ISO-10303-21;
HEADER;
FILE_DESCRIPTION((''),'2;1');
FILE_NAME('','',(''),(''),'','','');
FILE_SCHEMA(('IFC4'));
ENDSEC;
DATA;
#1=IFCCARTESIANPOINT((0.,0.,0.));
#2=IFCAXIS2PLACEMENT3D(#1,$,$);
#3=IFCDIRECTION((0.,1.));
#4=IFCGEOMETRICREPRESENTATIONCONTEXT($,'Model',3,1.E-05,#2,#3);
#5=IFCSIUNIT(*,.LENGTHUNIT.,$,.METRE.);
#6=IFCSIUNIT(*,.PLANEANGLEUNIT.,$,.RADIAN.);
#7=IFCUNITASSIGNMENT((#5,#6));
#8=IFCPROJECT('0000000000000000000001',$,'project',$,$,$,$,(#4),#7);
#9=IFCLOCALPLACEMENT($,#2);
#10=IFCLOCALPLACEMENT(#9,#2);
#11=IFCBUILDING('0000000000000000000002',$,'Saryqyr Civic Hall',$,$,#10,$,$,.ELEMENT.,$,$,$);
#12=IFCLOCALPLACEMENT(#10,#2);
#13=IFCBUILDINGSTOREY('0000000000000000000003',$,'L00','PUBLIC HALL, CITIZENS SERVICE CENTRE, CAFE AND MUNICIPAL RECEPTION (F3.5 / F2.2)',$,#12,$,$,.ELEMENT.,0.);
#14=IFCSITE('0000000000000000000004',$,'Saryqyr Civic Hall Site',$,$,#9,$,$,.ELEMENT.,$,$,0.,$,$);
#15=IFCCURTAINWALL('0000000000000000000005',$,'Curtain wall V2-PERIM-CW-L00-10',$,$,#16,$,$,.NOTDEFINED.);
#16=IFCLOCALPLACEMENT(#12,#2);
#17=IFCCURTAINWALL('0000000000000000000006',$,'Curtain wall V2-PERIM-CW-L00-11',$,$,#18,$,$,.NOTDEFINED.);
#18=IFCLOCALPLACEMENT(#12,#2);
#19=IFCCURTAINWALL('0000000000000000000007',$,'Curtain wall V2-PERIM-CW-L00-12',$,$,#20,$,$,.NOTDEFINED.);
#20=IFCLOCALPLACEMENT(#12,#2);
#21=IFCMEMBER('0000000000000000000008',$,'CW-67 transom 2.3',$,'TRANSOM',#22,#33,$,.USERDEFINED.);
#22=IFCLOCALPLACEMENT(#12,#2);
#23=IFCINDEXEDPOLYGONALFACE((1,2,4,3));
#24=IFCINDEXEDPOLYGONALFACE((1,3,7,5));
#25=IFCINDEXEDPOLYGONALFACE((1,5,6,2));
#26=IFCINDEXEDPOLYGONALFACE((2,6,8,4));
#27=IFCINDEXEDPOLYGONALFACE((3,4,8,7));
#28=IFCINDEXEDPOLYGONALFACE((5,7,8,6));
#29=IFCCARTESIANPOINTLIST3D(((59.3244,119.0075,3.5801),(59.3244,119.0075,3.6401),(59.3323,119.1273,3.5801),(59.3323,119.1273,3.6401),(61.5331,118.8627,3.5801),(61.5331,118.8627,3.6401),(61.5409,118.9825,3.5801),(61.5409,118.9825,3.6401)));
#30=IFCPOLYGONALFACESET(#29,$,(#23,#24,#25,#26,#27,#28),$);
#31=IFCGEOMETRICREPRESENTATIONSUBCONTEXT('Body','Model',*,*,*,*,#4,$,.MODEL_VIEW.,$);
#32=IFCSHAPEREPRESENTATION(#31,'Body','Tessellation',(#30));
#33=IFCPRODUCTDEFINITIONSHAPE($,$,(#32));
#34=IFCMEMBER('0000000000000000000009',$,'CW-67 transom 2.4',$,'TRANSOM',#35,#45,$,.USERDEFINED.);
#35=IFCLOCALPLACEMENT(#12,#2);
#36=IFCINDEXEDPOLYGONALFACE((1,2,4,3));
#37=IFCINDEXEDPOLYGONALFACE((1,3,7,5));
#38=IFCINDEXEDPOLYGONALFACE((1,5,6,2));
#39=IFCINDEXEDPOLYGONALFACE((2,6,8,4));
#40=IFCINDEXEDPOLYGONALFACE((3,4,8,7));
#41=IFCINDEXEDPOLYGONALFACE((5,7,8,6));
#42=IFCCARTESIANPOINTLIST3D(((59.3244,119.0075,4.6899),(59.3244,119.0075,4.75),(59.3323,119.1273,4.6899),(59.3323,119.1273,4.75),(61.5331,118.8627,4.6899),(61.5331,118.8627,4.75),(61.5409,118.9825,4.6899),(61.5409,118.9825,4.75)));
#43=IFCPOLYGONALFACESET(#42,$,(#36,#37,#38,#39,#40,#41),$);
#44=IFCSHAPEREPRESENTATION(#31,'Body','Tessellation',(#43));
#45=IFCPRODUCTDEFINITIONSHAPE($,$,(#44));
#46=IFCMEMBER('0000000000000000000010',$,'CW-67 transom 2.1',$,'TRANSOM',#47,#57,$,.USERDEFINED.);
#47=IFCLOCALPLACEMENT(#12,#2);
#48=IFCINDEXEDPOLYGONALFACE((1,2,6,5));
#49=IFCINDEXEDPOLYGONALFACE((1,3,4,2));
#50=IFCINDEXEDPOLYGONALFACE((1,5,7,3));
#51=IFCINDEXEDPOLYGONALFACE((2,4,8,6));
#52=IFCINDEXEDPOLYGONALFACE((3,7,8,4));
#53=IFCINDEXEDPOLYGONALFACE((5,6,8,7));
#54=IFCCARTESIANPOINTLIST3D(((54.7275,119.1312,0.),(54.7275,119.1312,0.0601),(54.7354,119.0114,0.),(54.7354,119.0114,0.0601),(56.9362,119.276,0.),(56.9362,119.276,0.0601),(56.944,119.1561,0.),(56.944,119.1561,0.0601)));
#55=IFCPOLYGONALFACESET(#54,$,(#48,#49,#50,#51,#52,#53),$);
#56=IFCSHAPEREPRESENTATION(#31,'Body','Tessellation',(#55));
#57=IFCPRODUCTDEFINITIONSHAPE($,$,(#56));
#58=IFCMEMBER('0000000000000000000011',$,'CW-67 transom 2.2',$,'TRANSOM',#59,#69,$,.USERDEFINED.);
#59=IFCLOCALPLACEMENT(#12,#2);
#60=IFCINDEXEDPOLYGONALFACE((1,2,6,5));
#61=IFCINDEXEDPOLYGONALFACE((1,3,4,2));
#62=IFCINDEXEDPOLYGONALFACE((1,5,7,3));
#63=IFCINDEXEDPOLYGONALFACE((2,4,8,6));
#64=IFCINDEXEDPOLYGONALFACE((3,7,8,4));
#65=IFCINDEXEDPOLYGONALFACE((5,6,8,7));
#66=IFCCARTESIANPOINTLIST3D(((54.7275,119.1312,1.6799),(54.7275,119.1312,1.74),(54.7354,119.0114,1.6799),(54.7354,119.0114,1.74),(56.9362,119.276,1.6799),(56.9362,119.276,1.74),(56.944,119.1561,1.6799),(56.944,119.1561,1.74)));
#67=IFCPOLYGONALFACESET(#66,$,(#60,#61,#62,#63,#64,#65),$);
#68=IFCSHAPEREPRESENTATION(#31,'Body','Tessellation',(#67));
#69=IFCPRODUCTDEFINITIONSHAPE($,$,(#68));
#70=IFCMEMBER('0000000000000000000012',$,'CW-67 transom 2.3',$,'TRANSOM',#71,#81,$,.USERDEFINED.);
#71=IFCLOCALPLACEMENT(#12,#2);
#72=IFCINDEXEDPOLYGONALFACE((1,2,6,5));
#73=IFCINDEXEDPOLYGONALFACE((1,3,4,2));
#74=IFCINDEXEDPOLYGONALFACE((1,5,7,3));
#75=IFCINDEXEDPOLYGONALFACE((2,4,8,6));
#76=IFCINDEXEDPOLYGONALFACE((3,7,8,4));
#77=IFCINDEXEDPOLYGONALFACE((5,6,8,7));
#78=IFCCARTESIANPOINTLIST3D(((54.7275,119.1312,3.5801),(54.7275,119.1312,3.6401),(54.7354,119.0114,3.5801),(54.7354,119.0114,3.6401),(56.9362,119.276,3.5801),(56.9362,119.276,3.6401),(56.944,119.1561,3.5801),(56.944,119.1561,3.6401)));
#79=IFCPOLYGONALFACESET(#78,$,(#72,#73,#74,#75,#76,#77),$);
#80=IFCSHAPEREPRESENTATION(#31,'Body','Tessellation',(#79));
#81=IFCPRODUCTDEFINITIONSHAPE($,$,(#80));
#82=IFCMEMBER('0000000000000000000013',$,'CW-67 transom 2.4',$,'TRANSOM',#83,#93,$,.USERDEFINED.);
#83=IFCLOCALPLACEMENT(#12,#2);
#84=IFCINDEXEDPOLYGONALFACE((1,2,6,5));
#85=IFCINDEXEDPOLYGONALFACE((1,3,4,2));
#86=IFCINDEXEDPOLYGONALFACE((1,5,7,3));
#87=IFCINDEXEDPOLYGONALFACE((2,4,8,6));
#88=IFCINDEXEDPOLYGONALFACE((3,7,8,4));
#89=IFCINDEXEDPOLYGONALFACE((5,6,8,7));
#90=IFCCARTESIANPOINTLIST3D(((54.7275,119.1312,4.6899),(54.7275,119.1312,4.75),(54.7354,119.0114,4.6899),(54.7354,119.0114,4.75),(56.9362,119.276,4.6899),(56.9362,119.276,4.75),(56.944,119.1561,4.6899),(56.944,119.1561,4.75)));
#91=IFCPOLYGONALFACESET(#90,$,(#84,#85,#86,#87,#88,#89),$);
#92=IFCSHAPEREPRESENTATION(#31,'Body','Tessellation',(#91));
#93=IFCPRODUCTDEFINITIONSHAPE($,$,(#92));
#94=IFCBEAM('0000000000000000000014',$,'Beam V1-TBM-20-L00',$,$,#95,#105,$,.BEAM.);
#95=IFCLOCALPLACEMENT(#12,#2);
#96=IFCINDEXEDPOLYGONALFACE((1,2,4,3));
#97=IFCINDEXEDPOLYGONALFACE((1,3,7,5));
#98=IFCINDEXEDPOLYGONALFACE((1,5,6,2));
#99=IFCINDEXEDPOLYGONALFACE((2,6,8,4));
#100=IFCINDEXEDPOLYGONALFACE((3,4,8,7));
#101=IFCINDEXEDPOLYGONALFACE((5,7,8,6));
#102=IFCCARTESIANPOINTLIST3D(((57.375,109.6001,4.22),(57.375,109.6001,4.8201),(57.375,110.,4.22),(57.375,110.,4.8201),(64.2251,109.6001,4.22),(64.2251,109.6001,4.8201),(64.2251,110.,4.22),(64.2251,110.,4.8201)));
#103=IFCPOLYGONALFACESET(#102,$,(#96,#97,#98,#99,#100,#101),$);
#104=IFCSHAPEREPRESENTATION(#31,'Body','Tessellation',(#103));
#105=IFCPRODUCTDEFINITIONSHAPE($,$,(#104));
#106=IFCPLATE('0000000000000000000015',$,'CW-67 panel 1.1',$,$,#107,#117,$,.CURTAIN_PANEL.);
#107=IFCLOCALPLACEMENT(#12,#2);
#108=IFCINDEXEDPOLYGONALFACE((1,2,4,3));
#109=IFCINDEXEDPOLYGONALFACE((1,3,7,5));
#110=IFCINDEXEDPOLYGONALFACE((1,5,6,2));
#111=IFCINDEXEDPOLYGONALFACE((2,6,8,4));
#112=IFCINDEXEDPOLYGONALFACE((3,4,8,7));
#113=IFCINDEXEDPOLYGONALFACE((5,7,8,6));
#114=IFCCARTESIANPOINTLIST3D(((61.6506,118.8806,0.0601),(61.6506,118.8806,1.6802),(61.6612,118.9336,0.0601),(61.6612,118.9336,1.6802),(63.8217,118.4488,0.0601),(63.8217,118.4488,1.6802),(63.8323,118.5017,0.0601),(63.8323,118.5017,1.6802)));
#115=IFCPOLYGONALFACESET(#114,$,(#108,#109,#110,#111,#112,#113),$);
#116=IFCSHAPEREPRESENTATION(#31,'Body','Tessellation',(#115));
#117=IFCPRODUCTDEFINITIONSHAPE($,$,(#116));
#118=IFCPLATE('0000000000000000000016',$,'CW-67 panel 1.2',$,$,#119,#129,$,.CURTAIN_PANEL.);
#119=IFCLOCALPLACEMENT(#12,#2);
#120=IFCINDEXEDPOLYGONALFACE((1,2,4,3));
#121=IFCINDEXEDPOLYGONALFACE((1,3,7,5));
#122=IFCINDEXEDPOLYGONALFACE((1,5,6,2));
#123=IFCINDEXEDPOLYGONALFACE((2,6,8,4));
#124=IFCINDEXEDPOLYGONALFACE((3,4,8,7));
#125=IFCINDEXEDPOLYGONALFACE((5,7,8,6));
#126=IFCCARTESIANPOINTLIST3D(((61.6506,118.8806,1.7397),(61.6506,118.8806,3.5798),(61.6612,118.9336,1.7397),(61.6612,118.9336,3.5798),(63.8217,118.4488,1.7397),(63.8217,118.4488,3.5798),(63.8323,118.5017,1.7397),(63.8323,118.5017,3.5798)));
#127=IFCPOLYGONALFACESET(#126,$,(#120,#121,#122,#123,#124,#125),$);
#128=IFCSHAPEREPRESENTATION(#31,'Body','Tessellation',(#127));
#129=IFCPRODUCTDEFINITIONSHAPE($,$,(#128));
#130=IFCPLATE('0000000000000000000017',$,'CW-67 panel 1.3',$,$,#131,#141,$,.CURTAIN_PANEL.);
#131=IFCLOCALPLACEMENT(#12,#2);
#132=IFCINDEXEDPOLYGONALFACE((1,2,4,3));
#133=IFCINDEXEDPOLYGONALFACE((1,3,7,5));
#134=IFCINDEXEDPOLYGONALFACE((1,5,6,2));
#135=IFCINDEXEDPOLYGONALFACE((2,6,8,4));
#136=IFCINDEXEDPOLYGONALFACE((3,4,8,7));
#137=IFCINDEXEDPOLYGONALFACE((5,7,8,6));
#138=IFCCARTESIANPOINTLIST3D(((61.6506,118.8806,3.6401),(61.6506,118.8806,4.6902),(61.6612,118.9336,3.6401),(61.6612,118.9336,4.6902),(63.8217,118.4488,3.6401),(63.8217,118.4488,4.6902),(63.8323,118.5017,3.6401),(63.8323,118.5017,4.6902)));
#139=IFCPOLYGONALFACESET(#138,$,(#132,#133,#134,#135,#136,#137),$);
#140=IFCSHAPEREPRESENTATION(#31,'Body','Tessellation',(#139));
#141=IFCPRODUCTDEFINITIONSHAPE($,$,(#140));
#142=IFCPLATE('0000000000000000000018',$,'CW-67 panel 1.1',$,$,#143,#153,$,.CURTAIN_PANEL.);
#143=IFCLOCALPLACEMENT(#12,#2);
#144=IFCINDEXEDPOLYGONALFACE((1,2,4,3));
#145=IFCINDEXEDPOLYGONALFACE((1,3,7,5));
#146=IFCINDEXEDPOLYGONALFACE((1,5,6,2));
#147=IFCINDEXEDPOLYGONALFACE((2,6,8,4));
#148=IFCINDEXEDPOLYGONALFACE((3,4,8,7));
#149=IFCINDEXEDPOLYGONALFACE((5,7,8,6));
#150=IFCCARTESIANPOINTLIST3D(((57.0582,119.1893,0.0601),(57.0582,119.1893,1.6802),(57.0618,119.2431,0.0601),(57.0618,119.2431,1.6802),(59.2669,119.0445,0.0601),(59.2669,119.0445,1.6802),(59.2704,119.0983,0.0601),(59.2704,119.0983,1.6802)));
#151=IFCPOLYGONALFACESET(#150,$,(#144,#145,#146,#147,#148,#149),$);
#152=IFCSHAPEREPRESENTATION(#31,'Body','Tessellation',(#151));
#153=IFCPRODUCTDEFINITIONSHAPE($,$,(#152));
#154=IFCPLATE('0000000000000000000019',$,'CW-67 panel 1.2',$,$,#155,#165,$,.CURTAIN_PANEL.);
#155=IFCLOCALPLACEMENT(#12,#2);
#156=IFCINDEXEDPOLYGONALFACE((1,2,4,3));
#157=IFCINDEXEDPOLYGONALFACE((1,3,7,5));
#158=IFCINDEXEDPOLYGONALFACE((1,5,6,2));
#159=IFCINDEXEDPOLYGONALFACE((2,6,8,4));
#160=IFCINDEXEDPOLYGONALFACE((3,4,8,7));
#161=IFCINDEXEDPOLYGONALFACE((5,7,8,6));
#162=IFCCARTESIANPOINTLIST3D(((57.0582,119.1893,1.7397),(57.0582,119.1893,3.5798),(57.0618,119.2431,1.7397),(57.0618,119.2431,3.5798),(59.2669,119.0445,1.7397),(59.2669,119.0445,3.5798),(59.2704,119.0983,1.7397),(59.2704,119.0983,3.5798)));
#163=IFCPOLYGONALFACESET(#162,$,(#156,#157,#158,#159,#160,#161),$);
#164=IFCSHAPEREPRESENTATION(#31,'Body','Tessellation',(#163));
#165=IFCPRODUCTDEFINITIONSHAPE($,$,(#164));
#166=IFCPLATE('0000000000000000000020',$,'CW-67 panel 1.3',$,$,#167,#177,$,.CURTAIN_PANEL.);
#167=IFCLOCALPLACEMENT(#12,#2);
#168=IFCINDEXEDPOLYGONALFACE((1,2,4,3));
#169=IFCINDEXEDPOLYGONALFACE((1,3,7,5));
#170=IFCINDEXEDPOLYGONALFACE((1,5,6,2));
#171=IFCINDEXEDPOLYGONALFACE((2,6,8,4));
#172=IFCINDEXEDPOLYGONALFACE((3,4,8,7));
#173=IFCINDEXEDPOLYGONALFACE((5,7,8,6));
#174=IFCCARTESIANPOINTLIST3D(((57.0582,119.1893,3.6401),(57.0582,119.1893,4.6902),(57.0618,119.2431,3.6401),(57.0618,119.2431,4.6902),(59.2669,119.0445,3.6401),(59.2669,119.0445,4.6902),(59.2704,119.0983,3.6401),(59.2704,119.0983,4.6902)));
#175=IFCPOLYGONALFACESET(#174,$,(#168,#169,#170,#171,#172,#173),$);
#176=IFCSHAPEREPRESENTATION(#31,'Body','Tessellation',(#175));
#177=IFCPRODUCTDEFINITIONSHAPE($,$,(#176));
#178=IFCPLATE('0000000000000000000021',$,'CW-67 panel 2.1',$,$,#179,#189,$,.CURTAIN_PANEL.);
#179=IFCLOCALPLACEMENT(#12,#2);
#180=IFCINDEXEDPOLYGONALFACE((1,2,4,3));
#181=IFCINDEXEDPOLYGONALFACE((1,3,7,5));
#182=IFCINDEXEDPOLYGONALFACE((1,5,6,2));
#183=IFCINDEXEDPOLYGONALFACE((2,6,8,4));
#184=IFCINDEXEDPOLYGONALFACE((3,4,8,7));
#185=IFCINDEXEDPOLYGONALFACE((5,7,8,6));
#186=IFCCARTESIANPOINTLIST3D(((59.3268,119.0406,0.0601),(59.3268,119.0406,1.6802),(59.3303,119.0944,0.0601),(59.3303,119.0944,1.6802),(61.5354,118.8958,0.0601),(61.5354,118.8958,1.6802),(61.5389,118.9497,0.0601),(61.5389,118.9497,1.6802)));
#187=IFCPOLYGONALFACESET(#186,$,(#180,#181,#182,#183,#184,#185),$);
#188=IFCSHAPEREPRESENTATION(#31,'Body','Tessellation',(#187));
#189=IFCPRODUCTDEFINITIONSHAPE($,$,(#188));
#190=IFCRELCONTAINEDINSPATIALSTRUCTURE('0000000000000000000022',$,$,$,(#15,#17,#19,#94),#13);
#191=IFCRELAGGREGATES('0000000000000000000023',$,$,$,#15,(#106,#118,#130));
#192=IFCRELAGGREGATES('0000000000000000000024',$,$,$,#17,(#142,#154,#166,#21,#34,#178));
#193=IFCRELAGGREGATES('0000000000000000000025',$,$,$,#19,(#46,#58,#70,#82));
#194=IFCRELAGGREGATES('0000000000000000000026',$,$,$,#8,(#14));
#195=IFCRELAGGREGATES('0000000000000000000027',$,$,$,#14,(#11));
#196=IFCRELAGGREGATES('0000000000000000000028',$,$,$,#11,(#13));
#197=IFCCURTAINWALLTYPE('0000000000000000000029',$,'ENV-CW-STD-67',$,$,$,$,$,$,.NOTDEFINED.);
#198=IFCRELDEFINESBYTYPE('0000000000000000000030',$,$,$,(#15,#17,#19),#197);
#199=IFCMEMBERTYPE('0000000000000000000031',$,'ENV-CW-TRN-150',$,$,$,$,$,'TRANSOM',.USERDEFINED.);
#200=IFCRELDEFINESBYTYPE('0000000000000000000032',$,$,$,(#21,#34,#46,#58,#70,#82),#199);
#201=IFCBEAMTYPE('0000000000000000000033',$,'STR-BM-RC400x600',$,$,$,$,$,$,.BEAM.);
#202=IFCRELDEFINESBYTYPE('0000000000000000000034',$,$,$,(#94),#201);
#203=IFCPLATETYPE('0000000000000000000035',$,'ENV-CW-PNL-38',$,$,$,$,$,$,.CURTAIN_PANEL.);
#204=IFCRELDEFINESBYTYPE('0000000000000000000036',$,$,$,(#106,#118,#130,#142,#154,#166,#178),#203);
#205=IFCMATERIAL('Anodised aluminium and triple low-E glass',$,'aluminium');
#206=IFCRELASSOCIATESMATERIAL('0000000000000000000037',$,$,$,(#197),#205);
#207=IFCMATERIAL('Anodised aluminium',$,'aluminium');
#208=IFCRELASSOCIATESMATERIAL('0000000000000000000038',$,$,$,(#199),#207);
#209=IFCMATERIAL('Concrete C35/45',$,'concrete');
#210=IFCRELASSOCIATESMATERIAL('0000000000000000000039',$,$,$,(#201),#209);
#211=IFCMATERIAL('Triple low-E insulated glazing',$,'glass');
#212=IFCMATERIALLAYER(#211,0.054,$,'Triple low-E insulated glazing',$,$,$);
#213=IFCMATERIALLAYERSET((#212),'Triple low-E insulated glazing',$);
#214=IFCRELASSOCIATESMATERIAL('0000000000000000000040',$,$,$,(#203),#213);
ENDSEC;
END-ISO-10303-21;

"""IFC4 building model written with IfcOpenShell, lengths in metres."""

from ifc_helpers import new_model, si_unit, direction, frame, origin, origin_2d, place, context, subcontext, project, spatial, rectangle, extrude, material, layer, layer_set, material_profile, profile_set, type_object, element, aggregate, save


model = new_model("IFC4")

# Units and contexts
model_context = context("Model", 3, precision=1e-05, world=origin(), true_north=direction((0.0, 1.0)))
body_context = subcontext(model_context, "Body", "Model", "MODEL_VIEW")
ifc_project = project(units=[si_unit("LENGTHUNIT", "METRE"), si_unit("PLANEANGLEUNIT", "RADIAN")], contexts=[model_context])

# Site, building, storey
site_placement = place(None, origin())
site = spatial("IfcSite", under=ifc_project, at=site_placement, Name="Saryqyr Civic Hall Site", CompositionType="ELEMENT", RefElevation=0.0)
building_placement = place(site_placement, origin())
building = spatial("IfcBuilding", under=site, at=building_placement, Name="Saryqyr Civic Hall", CompositionType="ELEMENT")
storey_placement = place(building_placement, origin())
storey = spatial("IfcBuildingStorey", under=building, at=storey_placement, Name="L00", Description="PUBLIC HALL, CITIZENS SERVICE CENTRE, CAFE AND MUNICIPAL RECEPTION (F3.5 / F2.2)", CompositionType="ELEMENT", Elevation=0.0)

# Curtain walls
ifc_material_1 = material(Name="Anodised aluminium and triple low-E glass", Category="aluminium")
curtain_wall_type = type_object("IfcCurtainWallType", Name="ENV-CW-STD-67", PredefinedType="NOTDEFINED", material=ifc_material_1)
curtain_wall_1_placement = place(storey_placement, origin())
curtain_wall_1 = element("IfcCurtainWall", 1, at=curtain_wall_1_placement, inside=storey, type_object=curtain_wall_type, Name="Curtain wall V2-PERIM-CW-L00-10", PredefinedType="NOTDEFINED")
ifc_material_2 = material(Name="Anodised aluminium", Category="aluminium")
curtain_wall_2_placement = place(storey_placement, origin())
curtain_wall_2 = element("IfcCurtainWall", 2, at=curtain_wall_2_placement, inside=storey, type_object=curtain_wall_type, Name="Curtain wall V2-PERIM-CW-L00-11", PredefinedType="NOTDEFINED")

# Curtain wall
curtain_wall_3_placement = place(storey_placement, origin())
curtain_wall_3 = element("IfcCurtainWall", 3, at=curtain_wall_3_placement, inside=storey, type_object=curtain_wall_type, Name="Curtain wall V2-PERIM-CW-L00-12", PredefinedType="NOTDEFINED")

# Members
ifc_material_profile_1 = material_profile(ifc_material_2, rectangle(XDim=0.1201, YDim=0.0601, at=origin_2d()), Name="ALU TRANSOM 120x60")
ifc_profile_set_1 = profile_set([ifc_material_profile_1], Name="Anodised aluminium")
member_type_1 = type_object("IfcMemberType", Name="ENV-CW-TRN-150", ElementType="TRANSOM", PredefinedType="USERDEFINED", material=ifc_profile_set_1)
member_1_placement = place(storey_placement, frame((59.3284, 119.0674, 3.6101), z_axis=(0.997859, -0.065406, 0.0), x_axis=(0.065406, 0.997859, 0.0)))
member_1 = element("IfcMember", 4, at=member_1_placement, type_object=member_type_1, Name="CW-67 transom 2.3", ObjectType="TRANSOM", PredefinedType="USERDEFINED", context=body_context, shape_type="SweptSolid", body=[
    extrude(rectangle(XDim=0.1201, YDim=0.0601, at=origin_2d()), origin(), (0.0, 0.0, 1.0), 2.2134),
])
member_2_placement = place(storey_placement, frame((59.3284, 119.0674, 4.72), z_axis=(0.997859, -0.065406, 0.0), x_axis=(0.065406, 0.997859, 0.0)))
member_2 = element("IfcMember", 5, at=member_2_placement, type_object=member_type_1, Name="CW-67 transom 2.4", ObjectType="TRANSOM", PredefinedType="USERDEFINED", context=body_context, shape_type="SweptSolid", body=[
    extrude(rectangle(XDim=0.1201, YDim=0.0601, at=origin_2d()), origin(), (0.0, 0.0, 1.0), 2.2134),
])
member_3_placement = place(storey_placement, frame((54.7314, 119.0713, 0.03), z_axis=(0.997859, 0.065406, 0.0), x_axis=(-0.065406, 0.997859, 0.0)))
member_3 = element("IfcMember", 6, at=member_3_placement, type_object=member_type_1, Name="CW-67 transom 2.1", ObjectType="TRANSOM", PredefinedType="USERDEFINED", context=body_context, shape_type="SweptSolid", body=[
    extrude(rectangle(XDim=0.1201, YDim=0.0601, at=origin_2d()), origin(), (0.0, 0.0, 1.0), 2.2134),
])
member_4_placement = place(storey_placement, frame((54.7314, 119.0713, 1.71), z_axis=(0.997859, 0.065406, 0.0), x_axis=(-0.065406, 0.997859, 0.0)))
member_4 = element("IfcMember", 7, at=member_4_placement, type_object=member_type_1, Name="CW-67 transom 2.2", ObjectType="TRANSOM", PredefinedType="USERDEFINED", context=body_context, shape_type="SweptSolid", body=[
    extrude(rectangle(XDim=0.1201, YDim=0.0601, at=origin_2d()), origin(), (0.0, 0.0, 1.0), 2.2134),
])
member_5_placement = place(storey_placement, frame((54.7314, 119.0713, 3.6101), z_axis=(0.997859, 0.065406, 0.0), x_axis=(-0.065406, 0.997859, 0.0)))
member_5 = element("IfcMember", 8, at=member_5_placement, type_object=member_type_1, Name="CW-67 transom 2.3", ObjectType="TRANSOM", PredefinedType="USERDEFINED", context=body_context, shape_type="SweptSolid", body=[
    extrude(rectangle(XDim=0.1201, YDim=0.0601, at=origin_2d()), origin(), (0.0, 0.0, 1.0), 2.2134),
])
member_6_placement = place(storey_placement, frame((54.7314, 119.0713, 4.72), z_axis=(0.997859, 0.065406, 0.0), x_axis=(-0.065406, 0.997859, 0.0)))
member_6 = element("IfcMember", 9, at=member_6_placement, type_object=member_type_1, Name="CW-67 transom 2.4", ObjectType="TRANSOM", PredefinedType="USERDEFINED", context=body_context, shape_type="SweptSolid", body=[
    extrude(rectangle(XDim=0.1201, YDim=0.0601, at=origin_2d()), origin(), (0.0, 0.0, 1.0), 2.2134),
])

# Beam
ifc_material_3 = material(Name="Concrete C35/45", Category="concrete")
ifc_material_profile_2 = material_profile(ifc_material_3, rectangle(XDim=0.3999, YDim=0.6001, at=origin_2d()), Name="RC 400x600")
ifc_profile_set_2 = profile_set([ifc_material_profile_2], Name="Concrete C35/45")
beam_type = type_object("IfcBeamType", Name="STR-BM-RC400x600", PredefinedType="BEAM", material=ifc_profile_set_2)
beam_placement = place(storey_placement, frame((57.375, 109.8, 4.52), z_axis=(1.0, 0.0, 0.0), x_axis=(0.0, 1.0, 0.0)))
element("IfcBeam", 10, at=beam_placement, inside=storey, type_object=beam_type, Name="Beam V1-TBM-20-L00", PredefinedType="BEAM", context=body_context, shape_type="SweptSolid", body=[
    extrude(rectangle(XDim=0.3999, YDim=0.6001, at=origin_2d()), origin(), (0.0, 0.0, 1.0), 6.8501),
])

# Plates
ifc_material_4 = material(Name="Triple low-E insulated glazing", Category="glass")
ifc_layer_1 = layer(ifc_material_4, 0.054, Name="Triple low-E insulated glazing")
ifc_layer_set_1 = layer_set([ifc_layer_1], Name="Triple low-E insulated glazing")
plate_type = type_object("IfcPlateType", Name="ENV-CW-PNL-38", PredefinedType="CURTAIN_PANEL", material=ifc_layer_set_1)
plate_1_placement = place(storey_placement, frame((62.7415, 118.6912, 0.0601), z_axis=(0.0, 0.0, 1.0), x_axis=(0.980785, -0.195093, 0.0)))
plate_1 = element("IfcPlate", 11, at=plate_1_placement, type_object=plate_type, Name="CW-67 panel 1.1", PredefinedType="CURTAIN_PANEL", context=body_context, shape_type="SweptSolid", body=[
    extrude(rectangle(XDim=2.2136, YDim=0.054, at=origin_2d()), origin(), (0.0, 0.0, 1.0), 1.6201),
])
plate_2_placement = place(storey_placement, frame((62.7415, 118.6912, 1.7397), z_axis=(0.0, 0.0, 1.0), x_axis=(0.980785, -0.195093, 0.0)))
plate_2 = element("IfcPlate", 12, at=plate_2_placement, type_object=plate_type, Name="CW-67 panel 1.2", PredefinedType="CURTAIN_PANEL", context=body_context, shape_type="SweptSolid", body=[
    extrude(rectangle(XDim=2.2136, YDim=0.054, at=origin_2d()), origin(), (0.0, 0.0, 1.0), 1.8401),
])
plate_3_placement = place(storey_placement, frame((62.7415, 118.6912, 3.6401), z_axis=(0.0, 0.0, 1.0), x_axis=(0.980785, -0.195093, 0.0)))
plate_3 = element("IfcPlate", 13, at=plate_3_placement, type_object=plate_type, Name="CW-67 panel 1.3", PredefinedType="CURTAIN_PANEL", context=body_context, shape_type="SweptSolid", body=[
    extrude(rectangle(XDim=2.2136, YDim=0.054, at=origin_2d()), origin(), (0.0, 0.0, 1.0), 1.05),
])
aggregate(curtain_wall_1, [plate_1, plate_2, plate_3])
plate_4_placement = place(storey_placement, frame((58.1643, 119.1438, 0.0601), z_axis=(0.0, 0.0, 1.0), x_axis=(0.997859, -0.065401, 0.0)))
plate_4 = element("IfcPlate", 14, at=plate_4_placement, type_object=plate_type, Name="CW-67 panel 1.1", PredefinedType="CURTAIN_PANEL", context=body_context, shape_type="SweptSolid", body=[
    extrude(rectangle(XDim=2.2134, YDim=0.054, at=origin_2d()), origin(), (0.0, 0.0, 1.0), 1.6201),
])
plate_5_placement = place(storey_placement, frame((58.1643, 119.1438, 1.7397), z_axis=(0.0, 0.0, 1.0), x_axis=(0.997859, -0.065401, 0.0)))
plate_5 = element("IfcPlate", 15, at=plate_5_placement, type_object=plate_type, Name="CW-67 panel 1.2", PredefinedType="CURTAIN_PANEL", context=body_context, shape_type="SweptSolid", body=[
    extrude(rectangle(XDim=2.2134, YDim=0.054, at=origin_2d()), origin(), (0.0, 0.0, 1.0), 1.8401),
])
plate_6_placement = place(storey_placement, frame((58.1643, 119.1438, 3.6401), z_axis=(0.0, 0.0, 1.0), x_axis=(0.997859, -0.065401, 0.0)))
plate_6 = element("IfcPlate", 16, at=plate_6_placement, type_object=plate_type, Name="CW-67 panel 1.3", PredefinedType="CURTAIN_PANEL", context=body_context, shape_type="SweptSolid", body=[
    extrude(rectangle(XDim=2.2134, YDim=0.054, at=origin_2d()), origin(), (0.0, 0.0, 1.0), 1.05),
])
plate_7_placement = place(storey_placement, frame((60.4329, 118.9951, 0.0601), z_axis=(0.0, 0.0, 1.0), x_axis=(0.997859, -0.065401, 0.0)))
plate_7 = element("IfcPlate", 17, at=plate_7_placement, type_object=plate_type, Name="CW-67 panel 2.1", PredefinedType="CURTAIN_PANEL", context=body_context, shape_type="SweptSolid", body=[
    extrude(rectangle(XDim=2.2134, YDim=0.054, at=origin_2d()), origin(), (0.0, 0.0, 1.0), 1.6201),
])
aggregate(curtain_wall_2, [plate_4, plate_5, plate_6, member_1, member_2, plate_7])
aggregate(curtain_wall_3, [member_3, member_4, member_5, member_6])

save(model, "model.ifc")
